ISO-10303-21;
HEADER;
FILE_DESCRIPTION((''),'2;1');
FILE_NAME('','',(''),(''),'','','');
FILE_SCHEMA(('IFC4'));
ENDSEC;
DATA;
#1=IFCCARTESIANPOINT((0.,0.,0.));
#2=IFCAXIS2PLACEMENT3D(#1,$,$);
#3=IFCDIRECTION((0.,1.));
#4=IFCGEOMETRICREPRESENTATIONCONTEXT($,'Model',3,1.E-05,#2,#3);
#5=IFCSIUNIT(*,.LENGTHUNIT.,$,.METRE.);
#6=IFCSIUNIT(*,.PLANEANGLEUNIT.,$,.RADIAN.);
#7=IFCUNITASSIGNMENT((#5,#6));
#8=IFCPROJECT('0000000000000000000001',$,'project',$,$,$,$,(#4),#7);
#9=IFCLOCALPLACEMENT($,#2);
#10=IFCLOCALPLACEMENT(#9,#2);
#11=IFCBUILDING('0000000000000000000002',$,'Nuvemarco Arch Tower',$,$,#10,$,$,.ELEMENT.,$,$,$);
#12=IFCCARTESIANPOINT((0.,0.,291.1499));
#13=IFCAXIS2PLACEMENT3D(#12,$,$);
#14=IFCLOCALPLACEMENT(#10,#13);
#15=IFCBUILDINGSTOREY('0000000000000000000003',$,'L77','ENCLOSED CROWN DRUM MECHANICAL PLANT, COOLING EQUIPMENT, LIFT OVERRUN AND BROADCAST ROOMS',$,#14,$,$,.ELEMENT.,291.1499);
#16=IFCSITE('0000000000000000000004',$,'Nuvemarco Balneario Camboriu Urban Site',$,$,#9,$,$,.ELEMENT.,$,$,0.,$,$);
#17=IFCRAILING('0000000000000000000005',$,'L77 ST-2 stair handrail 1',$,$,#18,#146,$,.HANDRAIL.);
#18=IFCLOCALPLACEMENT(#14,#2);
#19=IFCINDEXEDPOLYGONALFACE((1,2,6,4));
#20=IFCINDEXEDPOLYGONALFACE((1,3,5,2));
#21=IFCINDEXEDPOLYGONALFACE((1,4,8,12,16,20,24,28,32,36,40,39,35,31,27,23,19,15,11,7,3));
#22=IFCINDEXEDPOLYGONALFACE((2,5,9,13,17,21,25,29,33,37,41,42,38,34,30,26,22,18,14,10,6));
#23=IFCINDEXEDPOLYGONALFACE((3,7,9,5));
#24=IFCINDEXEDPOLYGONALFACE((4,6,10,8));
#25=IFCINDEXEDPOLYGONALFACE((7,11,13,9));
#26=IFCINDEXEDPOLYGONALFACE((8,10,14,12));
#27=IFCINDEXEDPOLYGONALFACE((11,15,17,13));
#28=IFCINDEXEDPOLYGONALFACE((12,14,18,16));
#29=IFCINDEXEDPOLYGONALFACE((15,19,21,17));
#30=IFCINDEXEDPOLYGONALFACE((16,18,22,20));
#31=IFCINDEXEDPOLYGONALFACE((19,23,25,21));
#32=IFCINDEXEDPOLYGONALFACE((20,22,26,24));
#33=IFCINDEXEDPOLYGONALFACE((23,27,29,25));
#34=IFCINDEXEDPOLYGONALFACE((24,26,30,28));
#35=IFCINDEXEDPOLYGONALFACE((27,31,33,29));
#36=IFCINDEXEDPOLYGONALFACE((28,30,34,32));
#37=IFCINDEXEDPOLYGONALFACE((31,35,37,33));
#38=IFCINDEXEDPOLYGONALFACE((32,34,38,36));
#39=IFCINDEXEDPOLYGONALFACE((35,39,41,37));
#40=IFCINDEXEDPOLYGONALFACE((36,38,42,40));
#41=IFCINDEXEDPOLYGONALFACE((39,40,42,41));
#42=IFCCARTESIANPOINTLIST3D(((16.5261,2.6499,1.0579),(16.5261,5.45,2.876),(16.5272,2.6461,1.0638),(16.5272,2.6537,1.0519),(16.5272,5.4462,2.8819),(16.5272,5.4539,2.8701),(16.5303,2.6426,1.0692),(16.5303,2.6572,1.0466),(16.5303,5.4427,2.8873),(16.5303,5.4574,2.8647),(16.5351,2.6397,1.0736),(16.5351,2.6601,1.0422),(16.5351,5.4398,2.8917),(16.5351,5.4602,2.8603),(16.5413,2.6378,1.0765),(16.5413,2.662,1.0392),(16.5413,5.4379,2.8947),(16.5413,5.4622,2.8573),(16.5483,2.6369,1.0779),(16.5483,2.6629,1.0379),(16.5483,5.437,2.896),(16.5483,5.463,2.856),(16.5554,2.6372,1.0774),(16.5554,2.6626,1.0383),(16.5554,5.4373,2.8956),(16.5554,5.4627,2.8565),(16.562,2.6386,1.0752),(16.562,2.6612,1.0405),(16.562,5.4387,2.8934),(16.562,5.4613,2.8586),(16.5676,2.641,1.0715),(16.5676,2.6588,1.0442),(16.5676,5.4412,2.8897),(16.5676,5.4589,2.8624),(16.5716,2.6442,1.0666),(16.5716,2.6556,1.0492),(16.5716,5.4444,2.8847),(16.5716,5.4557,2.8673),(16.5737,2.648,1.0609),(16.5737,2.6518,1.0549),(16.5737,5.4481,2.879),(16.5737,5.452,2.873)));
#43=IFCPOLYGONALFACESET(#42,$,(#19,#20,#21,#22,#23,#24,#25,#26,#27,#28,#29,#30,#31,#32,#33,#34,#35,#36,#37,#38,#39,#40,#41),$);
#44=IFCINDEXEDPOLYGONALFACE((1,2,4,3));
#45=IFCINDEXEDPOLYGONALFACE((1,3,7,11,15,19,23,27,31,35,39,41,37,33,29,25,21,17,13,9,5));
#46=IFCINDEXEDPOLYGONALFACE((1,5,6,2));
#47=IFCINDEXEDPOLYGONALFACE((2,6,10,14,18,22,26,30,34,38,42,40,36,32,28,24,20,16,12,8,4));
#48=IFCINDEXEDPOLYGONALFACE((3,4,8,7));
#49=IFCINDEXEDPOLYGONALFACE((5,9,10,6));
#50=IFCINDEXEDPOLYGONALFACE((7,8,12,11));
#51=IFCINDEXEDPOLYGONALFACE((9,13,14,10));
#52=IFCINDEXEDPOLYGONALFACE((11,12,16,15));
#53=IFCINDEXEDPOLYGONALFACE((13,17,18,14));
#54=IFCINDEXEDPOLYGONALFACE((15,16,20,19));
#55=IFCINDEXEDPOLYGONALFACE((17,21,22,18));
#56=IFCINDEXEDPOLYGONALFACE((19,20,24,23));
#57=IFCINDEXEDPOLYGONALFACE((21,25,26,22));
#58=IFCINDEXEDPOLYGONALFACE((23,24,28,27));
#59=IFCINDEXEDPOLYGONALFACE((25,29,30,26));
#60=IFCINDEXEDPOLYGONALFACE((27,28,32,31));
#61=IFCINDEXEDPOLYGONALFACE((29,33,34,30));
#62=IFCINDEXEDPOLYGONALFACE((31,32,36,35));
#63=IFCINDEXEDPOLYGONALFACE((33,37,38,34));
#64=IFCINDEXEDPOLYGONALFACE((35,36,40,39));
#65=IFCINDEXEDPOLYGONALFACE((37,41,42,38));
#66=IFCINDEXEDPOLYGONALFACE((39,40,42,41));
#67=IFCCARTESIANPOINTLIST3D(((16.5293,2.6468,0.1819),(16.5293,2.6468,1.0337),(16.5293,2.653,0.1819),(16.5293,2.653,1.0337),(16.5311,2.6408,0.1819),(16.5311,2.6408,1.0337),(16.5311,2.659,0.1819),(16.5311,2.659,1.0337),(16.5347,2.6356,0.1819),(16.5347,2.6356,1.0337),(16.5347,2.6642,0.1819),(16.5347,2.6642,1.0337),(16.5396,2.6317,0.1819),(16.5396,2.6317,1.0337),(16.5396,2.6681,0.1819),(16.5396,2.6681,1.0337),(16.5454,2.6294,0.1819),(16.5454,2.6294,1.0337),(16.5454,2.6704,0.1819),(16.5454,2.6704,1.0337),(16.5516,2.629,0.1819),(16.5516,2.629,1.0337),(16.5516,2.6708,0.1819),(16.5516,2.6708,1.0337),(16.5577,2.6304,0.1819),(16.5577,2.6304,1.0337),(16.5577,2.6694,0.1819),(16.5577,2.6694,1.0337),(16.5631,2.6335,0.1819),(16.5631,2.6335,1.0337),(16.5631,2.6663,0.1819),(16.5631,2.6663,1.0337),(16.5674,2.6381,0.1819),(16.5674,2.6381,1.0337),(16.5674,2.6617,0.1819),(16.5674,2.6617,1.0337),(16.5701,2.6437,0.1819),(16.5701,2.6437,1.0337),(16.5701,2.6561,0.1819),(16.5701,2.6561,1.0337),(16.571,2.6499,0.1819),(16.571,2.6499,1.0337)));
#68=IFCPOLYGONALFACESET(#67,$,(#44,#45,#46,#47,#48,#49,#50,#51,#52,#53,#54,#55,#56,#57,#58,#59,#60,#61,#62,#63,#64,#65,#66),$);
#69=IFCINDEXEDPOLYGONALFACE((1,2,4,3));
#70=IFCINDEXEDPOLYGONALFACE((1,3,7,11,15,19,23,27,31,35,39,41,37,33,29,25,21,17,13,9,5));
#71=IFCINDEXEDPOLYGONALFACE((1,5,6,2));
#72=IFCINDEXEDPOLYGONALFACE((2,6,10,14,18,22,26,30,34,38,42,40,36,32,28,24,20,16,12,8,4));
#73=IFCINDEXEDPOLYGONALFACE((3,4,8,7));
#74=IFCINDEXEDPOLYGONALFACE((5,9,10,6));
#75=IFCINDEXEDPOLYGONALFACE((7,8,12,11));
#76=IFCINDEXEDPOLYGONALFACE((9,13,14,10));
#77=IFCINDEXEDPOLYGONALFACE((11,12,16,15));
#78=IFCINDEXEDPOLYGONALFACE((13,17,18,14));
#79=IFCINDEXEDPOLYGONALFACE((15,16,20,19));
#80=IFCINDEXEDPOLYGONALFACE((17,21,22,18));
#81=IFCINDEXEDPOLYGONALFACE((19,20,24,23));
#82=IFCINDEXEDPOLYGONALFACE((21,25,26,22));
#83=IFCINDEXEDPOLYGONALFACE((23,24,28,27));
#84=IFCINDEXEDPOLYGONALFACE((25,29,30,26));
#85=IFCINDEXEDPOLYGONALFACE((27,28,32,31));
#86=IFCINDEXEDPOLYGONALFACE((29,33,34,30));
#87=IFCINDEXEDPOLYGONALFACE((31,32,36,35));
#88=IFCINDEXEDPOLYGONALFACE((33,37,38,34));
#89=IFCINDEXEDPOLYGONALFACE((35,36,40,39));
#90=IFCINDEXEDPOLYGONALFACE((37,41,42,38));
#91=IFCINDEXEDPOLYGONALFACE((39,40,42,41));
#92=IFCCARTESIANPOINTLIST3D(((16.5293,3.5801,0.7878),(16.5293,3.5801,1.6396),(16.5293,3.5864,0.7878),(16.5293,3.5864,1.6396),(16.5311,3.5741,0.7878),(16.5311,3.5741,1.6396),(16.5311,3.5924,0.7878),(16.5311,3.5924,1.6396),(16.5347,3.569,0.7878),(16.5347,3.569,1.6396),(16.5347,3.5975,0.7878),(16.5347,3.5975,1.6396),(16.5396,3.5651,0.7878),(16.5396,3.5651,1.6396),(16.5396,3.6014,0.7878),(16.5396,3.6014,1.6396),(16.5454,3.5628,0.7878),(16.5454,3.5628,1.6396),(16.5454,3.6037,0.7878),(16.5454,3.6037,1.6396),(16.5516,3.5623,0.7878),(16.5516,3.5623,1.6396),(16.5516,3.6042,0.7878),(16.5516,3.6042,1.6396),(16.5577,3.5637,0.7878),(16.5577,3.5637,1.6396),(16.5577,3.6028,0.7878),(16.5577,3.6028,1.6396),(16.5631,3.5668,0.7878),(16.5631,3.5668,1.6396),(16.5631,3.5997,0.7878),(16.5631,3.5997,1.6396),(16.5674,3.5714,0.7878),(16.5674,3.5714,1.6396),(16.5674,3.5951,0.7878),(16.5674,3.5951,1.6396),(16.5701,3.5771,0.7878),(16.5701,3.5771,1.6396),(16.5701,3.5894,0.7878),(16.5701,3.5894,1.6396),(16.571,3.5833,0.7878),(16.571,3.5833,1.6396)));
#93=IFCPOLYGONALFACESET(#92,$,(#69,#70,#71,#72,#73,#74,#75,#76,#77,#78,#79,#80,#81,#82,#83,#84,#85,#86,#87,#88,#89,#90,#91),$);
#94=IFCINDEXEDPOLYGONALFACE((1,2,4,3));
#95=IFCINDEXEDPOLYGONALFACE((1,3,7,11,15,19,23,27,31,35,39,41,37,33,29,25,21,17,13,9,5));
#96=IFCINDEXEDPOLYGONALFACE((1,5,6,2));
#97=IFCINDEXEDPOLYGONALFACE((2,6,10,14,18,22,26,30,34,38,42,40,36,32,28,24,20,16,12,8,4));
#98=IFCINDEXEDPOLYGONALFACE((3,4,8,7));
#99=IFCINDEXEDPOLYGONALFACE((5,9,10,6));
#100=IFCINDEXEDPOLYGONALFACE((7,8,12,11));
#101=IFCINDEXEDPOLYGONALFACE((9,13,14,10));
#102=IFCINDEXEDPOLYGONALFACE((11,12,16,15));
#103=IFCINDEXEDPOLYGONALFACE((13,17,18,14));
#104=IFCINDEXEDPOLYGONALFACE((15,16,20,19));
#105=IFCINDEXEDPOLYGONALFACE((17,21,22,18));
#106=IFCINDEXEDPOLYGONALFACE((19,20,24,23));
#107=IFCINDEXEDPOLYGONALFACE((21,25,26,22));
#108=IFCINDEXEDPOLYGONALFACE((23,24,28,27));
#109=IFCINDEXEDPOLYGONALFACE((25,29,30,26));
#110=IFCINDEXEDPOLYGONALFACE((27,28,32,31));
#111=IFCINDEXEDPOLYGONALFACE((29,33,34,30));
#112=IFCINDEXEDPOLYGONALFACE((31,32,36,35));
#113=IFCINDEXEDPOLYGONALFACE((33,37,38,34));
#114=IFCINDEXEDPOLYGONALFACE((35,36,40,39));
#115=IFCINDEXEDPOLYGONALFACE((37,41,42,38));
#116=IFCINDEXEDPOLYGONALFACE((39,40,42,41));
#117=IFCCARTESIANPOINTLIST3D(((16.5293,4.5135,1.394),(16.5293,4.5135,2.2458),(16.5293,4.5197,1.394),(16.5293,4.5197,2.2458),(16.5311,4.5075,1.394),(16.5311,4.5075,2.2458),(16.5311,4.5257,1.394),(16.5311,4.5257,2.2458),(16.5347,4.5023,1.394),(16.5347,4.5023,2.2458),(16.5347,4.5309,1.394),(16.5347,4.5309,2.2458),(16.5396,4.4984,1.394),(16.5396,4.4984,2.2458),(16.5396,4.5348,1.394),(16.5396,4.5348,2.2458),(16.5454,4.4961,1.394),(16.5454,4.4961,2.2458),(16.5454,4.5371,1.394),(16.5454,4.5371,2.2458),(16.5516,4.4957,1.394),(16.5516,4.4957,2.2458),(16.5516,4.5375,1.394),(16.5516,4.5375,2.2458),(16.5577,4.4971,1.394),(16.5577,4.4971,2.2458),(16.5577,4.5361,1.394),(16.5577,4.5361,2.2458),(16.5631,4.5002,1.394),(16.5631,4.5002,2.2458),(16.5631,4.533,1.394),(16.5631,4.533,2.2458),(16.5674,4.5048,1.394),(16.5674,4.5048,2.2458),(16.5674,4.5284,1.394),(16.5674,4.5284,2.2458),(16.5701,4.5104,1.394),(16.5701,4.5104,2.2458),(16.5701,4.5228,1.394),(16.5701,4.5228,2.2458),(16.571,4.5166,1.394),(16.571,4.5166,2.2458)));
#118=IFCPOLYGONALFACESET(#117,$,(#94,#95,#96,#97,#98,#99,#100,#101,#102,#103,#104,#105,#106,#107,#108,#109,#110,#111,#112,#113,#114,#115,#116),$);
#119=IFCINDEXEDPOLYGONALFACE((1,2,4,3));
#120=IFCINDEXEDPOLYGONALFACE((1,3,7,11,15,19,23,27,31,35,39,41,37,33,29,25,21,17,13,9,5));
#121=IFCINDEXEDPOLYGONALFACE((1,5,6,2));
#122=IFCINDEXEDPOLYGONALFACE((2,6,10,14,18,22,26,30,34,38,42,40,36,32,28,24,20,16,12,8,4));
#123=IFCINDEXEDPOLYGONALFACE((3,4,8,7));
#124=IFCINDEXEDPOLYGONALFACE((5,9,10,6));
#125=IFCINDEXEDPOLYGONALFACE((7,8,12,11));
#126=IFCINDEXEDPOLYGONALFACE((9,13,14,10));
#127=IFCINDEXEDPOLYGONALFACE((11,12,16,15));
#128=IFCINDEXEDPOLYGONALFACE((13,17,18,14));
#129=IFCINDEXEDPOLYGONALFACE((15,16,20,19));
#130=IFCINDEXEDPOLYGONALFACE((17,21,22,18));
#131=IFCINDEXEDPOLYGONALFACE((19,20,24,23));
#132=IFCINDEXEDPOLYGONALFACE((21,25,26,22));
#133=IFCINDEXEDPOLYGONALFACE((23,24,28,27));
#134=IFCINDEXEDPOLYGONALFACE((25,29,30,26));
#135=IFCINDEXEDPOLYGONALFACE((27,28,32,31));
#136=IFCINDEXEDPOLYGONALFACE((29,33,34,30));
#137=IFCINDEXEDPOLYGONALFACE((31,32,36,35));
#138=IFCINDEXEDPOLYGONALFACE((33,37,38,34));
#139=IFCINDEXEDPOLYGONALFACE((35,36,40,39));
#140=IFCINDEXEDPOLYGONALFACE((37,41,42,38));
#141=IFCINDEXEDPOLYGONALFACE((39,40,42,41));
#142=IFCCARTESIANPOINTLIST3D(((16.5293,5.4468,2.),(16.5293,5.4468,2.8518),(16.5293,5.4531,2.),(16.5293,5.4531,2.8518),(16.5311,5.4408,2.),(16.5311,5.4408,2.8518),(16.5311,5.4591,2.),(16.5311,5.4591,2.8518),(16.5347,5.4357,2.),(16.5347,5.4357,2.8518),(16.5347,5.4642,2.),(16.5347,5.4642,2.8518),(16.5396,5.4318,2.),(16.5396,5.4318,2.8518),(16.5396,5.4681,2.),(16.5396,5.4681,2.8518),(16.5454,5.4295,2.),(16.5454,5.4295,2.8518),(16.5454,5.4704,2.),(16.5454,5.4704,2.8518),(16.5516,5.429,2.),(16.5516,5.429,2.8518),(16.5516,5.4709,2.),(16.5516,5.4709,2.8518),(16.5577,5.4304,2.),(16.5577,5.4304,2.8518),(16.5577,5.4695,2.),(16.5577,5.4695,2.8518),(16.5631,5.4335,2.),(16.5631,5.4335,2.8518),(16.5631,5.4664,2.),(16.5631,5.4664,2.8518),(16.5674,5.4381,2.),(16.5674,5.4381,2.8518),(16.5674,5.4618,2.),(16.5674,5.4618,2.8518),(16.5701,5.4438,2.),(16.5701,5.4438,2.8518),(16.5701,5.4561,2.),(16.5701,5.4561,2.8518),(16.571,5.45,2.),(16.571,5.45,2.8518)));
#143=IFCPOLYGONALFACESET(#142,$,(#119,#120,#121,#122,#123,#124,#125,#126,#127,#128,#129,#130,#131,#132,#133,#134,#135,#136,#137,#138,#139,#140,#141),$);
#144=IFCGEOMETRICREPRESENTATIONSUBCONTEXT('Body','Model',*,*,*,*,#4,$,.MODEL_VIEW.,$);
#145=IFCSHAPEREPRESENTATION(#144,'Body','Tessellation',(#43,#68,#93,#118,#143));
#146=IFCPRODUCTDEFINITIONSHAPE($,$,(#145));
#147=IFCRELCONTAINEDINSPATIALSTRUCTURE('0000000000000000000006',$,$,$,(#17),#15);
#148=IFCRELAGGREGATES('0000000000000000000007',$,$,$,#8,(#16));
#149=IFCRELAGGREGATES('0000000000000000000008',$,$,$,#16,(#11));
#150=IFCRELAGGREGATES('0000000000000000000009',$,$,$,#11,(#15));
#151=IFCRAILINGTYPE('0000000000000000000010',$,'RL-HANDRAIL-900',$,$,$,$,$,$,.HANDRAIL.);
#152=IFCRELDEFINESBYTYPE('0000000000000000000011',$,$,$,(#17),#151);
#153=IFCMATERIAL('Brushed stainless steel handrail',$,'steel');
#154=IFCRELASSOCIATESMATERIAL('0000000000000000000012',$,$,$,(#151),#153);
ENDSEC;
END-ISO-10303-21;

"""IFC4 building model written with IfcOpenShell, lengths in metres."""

from ifc_helpers import new_model, si_unit, direction, frame, origin, origin_2d, place, context, subcontext, project, spatial, circle, extrude, material, type_object, element, save


model = new_model("IFC4")

# Units and contexts
model_context = context("Model", 3, precision=1e-05, world=origin(), true_north=direction((0.0, 1.0)))
body_context = subcontext(model_context, "Body", "Model", "MODEL_VIEW")
ifc_project = project(units=[si_unit("LENGTHUNIT", "METRE"), si_unit("PLANEANGLEUNIT", "RADIAN")], contexts=[model_context])

# Site, building, storey
site_placement = place(None, origin())
site = spatial("IfcSite", under=ifc_project, at=site_placement, Name="Nuvemarco Balneario Camboriu Urban Site", CompositionType="ELEMENT", RefElevation=0.0)
building_placement = place(site_placement, origin())
building = spatial("IfcBuilding", under=site, at=building_placement, Name="Nuvemarco Arch Tower", CompositionType="ELEMENT")
storey_placement = place(building_placement, frame((0.0, 0.0, 291.1499)))
storey = spatial("IfcBuildingStorey", under=building, at=storey_placement, Name="L77", Description="ENCLOSED CROWN DRUM MECHANICAL PLANT, COOLING EQUIPMENT, LIFT OVERRUN AND BROADCAST ROOMS", CompositionType="ELEMENT", Elevation=291.1499)

# Railing
ifc_material_1 = material(Name="Brushed stainless steel handrail", Category="steel")
railing_type_1 = type_object("IfcRailingType", Name="RL-HANDRAIL-900", PredefinedType="HANDRAIL", material=ifc_material_1)
railing_1_placement = place(storey_placement, frame((16.55, 2.6499, 0.1819)))
element("IfcRailing", 1, at=railing_1_placement, inside=storey, type_object=railing_type_1, Name="L77 ST-2 stair handrail 1", PredefinedType="HANDRAIL", context=body_context, shape_type="SweptSolid", body=[
    extrude(circle(Radius=0.0239, at=origin_2d()), frame((0.0, 0.0, 0.876), z_axis=(0.0, 0.838706, 0.544585), x_axis=(-1.0, 0.0, 0.0)), (0.0, 0.0, 1.0), 3.3386),
    extrude(circle(Radius=0.021, at=origin_2d()), origin(), (0.0, 0.0, 1.0), 0.8518),
    extrude(circle(Radius=0.021, at=origin_2d()), frame((0.0, 0.9333, 0.606)), (0.0, 0.0, 1.0), 0.8518),
    extrude(circle(Radius=0.021, at=origin_2d()), frame((0.0, 1.8667, 1.2122)), (0.0, 0.0, 1.0), 0.8518),
    extrude(circle(Radius=0.021, at=origin_2d()), frame((0.0, 2.8, 1.8181)), (0.0, 0.0, 1.0), 0.8518),
])

save(model, "model.ifc")
